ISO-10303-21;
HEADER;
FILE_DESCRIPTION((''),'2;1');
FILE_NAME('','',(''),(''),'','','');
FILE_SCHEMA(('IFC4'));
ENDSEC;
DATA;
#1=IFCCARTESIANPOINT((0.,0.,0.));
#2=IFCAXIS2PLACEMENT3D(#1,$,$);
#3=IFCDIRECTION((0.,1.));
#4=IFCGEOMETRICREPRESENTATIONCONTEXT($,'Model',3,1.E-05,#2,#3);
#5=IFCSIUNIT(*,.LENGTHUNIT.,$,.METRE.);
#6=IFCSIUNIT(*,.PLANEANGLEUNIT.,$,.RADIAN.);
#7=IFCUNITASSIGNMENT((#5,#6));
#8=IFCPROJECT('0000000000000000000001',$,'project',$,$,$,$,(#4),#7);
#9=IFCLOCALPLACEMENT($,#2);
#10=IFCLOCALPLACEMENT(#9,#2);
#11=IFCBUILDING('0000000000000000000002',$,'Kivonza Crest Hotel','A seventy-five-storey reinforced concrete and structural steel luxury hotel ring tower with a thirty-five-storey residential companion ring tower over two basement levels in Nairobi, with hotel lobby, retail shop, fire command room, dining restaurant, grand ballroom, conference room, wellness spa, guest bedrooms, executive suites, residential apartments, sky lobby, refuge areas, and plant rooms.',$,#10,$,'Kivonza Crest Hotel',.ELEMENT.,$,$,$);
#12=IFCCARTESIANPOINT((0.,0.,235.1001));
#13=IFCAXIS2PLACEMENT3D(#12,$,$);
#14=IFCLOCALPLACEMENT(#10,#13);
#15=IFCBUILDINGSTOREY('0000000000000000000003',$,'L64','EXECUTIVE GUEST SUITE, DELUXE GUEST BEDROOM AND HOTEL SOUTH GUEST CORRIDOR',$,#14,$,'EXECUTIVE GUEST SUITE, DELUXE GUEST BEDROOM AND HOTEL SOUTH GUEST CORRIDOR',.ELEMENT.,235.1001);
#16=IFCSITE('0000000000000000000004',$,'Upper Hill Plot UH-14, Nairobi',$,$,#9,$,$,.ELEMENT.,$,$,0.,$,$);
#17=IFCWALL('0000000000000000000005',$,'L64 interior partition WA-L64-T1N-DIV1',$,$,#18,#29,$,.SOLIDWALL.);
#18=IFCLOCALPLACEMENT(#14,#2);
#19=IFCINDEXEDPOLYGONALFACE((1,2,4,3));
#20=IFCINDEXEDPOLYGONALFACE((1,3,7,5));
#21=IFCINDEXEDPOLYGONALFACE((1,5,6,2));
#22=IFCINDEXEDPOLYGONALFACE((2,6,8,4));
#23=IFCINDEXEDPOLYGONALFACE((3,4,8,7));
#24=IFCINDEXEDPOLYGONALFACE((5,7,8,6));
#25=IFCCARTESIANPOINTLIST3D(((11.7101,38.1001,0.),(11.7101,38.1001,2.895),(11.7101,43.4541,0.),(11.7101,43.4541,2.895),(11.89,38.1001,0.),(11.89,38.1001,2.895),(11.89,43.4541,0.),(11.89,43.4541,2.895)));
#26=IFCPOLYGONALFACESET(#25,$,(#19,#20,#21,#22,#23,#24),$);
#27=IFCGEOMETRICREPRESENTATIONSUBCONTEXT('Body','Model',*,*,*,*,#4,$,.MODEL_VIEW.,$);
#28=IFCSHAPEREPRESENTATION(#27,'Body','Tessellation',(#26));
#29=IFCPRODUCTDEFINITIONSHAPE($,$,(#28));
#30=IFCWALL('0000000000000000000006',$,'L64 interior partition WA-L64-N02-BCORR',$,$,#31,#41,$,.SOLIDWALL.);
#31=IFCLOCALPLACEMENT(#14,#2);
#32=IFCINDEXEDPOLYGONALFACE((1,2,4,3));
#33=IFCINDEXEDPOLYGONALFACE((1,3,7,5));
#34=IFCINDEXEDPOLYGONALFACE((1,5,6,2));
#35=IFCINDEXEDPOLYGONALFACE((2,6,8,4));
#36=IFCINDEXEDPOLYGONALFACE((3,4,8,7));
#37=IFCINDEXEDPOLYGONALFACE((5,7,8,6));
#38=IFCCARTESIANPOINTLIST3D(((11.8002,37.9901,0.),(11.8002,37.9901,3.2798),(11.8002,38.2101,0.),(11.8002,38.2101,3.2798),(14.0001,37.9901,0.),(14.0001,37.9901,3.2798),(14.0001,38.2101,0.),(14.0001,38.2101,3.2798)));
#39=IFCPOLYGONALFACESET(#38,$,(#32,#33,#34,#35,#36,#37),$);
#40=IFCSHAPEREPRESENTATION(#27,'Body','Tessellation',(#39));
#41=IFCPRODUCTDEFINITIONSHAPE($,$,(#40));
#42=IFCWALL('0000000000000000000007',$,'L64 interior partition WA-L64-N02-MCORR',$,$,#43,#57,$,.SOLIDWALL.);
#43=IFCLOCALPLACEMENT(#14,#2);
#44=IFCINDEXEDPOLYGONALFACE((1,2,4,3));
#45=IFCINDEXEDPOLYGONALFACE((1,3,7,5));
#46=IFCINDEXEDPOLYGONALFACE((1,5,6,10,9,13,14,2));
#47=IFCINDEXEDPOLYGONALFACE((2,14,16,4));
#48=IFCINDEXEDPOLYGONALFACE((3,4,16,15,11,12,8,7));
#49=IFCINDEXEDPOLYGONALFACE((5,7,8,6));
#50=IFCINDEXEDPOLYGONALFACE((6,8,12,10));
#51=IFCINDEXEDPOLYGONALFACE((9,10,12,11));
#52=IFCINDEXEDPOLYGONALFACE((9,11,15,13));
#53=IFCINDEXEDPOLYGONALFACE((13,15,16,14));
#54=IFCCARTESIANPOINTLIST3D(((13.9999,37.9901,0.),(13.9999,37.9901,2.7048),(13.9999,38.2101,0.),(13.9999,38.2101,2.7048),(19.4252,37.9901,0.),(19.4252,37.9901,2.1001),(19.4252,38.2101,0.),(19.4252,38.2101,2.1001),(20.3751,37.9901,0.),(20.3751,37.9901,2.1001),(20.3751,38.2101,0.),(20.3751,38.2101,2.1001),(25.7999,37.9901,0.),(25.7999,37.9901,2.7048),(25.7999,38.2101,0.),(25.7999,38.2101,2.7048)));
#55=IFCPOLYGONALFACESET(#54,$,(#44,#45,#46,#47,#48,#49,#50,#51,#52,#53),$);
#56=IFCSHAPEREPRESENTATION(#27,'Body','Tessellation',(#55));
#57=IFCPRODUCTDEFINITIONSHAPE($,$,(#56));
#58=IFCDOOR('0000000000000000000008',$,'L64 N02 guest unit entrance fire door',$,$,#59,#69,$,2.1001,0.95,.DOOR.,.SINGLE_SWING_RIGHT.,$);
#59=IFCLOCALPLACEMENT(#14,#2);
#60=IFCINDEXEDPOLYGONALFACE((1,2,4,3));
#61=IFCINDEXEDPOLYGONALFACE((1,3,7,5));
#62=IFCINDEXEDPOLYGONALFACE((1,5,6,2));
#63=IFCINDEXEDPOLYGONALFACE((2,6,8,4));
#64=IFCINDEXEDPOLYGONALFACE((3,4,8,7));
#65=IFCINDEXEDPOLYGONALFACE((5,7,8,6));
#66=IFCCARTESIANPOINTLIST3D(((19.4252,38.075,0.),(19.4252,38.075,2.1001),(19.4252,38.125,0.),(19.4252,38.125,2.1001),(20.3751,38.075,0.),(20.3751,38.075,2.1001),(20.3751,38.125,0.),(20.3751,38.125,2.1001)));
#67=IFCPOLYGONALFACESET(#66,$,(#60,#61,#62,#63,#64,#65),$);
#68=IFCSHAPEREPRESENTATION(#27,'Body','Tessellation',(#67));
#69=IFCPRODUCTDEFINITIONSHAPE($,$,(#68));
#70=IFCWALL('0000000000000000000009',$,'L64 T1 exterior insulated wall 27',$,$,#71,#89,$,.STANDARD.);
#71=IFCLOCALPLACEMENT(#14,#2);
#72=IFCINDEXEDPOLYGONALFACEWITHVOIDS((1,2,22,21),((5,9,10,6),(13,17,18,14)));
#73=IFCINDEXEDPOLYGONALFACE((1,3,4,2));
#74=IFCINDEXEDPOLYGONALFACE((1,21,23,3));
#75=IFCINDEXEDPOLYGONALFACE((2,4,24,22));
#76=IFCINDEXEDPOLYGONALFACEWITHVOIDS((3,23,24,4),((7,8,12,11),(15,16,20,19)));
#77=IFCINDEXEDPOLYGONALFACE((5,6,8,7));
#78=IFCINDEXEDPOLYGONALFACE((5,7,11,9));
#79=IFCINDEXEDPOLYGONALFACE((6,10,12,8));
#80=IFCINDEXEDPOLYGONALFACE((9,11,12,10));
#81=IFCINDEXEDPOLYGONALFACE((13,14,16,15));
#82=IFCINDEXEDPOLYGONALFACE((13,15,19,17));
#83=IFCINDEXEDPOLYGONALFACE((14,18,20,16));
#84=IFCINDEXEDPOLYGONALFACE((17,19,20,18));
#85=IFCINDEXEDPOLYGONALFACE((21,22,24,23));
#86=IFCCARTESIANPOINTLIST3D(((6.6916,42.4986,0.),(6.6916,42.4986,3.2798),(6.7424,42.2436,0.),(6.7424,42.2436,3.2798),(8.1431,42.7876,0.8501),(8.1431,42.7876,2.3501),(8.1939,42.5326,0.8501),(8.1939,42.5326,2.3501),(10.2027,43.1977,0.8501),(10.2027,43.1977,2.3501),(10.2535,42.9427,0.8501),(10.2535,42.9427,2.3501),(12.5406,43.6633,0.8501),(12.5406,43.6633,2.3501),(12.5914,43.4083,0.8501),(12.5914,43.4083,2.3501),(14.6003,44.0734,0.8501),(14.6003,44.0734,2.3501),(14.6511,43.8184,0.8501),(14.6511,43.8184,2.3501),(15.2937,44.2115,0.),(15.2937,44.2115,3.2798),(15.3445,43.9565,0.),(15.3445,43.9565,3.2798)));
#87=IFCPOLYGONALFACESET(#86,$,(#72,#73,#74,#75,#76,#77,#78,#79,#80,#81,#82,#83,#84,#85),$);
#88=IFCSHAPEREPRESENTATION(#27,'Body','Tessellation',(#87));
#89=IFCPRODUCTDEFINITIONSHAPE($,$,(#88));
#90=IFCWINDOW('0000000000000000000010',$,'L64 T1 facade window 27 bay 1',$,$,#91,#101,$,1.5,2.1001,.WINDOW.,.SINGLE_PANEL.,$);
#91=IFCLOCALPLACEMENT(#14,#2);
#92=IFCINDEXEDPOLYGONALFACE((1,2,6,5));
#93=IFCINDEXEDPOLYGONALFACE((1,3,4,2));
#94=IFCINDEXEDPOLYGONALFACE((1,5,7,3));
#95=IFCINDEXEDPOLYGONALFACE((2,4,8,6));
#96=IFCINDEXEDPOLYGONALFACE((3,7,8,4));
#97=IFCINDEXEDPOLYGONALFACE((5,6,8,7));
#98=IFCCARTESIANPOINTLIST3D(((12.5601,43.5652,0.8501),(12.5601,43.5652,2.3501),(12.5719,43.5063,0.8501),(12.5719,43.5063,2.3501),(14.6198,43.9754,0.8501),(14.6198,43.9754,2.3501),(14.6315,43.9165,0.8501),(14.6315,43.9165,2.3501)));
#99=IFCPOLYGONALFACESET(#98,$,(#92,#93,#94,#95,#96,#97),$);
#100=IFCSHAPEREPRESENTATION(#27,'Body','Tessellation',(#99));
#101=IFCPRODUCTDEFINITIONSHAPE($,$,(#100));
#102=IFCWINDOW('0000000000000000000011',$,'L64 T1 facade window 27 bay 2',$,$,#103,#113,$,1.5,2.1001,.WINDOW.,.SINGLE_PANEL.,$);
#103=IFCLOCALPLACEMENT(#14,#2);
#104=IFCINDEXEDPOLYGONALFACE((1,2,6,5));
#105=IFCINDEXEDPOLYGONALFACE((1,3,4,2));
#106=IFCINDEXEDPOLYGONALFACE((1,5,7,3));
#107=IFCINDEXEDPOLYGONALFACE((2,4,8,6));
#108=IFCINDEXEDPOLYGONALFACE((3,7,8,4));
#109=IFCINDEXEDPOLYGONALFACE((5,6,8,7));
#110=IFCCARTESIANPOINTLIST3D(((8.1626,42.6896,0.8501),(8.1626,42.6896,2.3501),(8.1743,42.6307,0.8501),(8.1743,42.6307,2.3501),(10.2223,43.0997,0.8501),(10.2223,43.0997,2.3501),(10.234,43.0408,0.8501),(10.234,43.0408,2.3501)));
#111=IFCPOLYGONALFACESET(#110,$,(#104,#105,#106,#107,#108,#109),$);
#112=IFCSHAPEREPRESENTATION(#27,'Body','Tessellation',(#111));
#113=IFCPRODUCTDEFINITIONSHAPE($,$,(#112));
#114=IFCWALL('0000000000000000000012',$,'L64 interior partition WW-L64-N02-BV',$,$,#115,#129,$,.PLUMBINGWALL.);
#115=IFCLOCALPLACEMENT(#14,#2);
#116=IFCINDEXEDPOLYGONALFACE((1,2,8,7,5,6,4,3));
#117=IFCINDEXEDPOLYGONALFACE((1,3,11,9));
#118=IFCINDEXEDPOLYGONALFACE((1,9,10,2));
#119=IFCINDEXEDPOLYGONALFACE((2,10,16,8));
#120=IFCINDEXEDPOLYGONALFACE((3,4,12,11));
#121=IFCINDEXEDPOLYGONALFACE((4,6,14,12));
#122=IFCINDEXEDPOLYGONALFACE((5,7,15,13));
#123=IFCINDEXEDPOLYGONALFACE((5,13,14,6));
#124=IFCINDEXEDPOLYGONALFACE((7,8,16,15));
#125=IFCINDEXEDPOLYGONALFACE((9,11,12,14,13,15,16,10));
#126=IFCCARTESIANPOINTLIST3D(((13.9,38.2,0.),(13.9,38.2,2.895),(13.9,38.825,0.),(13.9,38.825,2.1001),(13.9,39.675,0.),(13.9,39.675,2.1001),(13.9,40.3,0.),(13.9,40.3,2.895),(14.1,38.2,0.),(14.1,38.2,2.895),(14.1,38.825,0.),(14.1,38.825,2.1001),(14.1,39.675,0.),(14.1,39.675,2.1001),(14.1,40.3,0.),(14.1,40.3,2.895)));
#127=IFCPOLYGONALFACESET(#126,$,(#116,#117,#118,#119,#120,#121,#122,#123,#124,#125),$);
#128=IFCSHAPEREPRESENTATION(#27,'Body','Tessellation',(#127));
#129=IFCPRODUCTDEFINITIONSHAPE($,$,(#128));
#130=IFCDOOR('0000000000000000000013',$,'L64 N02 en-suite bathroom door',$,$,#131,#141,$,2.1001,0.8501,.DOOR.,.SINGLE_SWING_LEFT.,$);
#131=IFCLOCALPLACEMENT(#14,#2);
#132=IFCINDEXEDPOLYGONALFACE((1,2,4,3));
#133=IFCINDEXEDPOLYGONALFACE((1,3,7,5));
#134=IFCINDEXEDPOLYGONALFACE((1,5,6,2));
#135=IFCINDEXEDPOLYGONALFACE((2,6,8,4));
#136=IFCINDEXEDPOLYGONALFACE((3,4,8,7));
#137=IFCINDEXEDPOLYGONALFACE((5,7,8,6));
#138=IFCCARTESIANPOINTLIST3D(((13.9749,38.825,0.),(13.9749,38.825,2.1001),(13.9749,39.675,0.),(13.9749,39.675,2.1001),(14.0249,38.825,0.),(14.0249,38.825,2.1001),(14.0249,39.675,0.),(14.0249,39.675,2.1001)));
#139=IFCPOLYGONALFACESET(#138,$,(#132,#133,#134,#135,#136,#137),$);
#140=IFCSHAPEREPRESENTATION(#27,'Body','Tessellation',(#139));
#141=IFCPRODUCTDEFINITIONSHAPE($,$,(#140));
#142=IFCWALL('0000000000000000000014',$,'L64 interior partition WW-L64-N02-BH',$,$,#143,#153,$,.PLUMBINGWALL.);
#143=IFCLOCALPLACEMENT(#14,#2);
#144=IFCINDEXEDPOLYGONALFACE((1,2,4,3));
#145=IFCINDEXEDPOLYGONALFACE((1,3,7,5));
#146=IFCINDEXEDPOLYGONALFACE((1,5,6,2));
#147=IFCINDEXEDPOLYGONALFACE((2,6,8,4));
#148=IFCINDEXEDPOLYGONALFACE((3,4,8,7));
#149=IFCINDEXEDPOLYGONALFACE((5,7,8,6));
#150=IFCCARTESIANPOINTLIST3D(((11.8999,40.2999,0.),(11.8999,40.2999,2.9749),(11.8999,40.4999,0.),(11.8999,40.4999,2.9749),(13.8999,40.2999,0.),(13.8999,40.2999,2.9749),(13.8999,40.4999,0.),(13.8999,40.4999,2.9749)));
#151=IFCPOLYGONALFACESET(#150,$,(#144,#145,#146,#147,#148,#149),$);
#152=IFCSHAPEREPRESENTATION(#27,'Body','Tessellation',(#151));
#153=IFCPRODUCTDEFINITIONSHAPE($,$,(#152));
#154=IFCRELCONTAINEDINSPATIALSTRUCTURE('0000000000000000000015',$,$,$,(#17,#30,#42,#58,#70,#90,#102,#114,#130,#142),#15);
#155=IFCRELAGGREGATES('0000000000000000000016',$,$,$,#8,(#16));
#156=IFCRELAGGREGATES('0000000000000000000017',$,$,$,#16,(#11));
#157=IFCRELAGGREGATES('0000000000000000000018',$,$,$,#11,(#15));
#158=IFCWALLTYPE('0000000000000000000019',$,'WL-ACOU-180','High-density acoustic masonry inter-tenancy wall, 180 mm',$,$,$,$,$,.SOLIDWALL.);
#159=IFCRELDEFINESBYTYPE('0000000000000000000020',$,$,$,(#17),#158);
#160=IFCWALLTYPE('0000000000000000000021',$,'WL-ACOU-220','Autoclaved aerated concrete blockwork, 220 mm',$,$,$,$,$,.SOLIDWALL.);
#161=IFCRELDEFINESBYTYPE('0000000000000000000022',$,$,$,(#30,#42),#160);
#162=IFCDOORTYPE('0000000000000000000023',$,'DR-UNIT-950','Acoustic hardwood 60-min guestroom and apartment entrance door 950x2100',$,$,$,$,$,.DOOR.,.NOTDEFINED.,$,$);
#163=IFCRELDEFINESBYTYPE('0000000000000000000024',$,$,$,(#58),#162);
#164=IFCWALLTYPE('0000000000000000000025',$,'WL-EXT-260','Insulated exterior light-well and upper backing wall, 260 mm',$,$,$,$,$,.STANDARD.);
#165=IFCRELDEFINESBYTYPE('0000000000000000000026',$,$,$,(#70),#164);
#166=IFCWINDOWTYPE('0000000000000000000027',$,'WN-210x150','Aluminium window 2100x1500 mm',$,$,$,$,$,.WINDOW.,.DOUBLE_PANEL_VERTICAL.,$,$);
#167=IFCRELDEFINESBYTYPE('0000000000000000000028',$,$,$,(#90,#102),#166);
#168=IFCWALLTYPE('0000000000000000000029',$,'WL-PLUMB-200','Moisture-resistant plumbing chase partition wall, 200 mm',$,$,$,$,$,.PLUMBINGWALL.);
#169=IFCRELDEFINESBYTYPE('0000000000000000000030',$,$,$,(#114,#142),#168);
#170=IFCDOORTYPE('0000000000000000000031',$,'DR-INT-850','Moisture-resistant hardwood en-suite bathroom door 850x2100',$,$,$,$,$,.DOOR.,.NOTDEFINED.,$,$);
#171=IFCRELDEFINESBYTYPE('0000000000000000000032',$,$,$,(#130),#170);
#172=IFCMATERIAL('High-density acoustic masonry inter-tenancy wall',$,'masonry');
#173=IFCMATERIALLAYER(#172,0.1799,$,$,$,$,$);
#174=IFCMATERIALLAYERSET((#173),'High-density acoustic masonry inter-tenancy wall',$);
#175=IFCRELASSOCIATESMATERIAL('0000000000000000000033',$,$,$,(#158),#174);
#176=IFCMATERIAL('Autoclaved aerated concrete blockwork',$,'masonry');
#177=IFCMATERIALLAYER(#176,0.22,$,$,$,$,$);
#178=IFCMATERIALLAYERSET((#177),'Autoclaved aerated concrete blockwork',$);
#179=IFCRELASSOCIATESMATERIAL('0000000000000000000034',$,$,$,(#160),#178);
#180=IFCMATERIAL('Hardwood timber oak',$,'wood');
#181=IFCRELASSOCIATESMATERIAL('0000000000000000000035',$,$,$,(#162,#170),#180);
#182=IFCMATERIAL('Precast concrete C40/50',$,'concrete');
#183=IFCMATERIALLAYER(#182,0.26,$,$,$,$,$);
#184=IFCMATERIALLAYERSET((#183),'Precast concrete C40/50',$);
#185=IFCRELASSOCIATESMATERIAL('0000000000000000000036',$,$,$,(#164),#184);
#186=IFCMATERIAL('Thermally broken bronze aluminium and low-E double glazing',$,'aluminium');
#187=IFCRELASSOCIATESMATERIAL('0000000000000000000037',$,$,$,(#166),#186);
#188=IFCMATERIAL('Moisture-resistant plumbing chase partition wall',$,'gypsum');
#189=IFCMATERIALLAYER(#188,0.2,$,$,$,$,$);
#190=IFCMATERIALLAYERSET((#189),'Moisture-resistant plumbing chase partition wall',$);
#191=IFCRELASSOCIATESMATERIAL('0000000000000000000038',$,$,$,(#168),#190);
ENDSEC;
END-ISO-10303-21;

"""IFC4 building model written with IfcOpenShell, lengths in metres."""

from ifc_helpers import new_model, si_unit, direction, frame, frame_2d, origin, place, context, subcontext, project, spatial, rectangle, extrude, material, layer, layer_set, type_object, element, fill, save


model = new_model("IFC4")

# Units and contexts
model_context = context("Model", 3, precision=1e-05, world=origin(), true_north=direction((0.0, 1.0)))
body_context = subcontext(model_context, "Body", "Model", "MODEL_VIEW")
ifc_project = project(units=[si_unit("LENGTHUNIT", "METRE"), si_unit("PLANEANGLEUNIT", "RADIAN")], contexts=[model_context])

# Site, building, storey
site_placement = place(None, origin())
site = spatial("IfcSite", under=ifc_project, at=site_placement, Name="Upper Hill Plot UH-14, Nairobi", CompositionType="ELEMENT", RefElevation=0.0)
building_placement = place(site_placement, origin())
building = spatial("IfcBuilding", under=site, at=building_placement, Name="Kivonza Crest Hotel", Description="A seventy-five-storey reinforced concrete and structural steel luxury hotel ring tower with a thirty-five-storey residential companion ring tower over two basement levels in Nairobi, with hotel lobby, retail shop, fire command room, dining restaurant, grand ballroom, conference room, wellness spa, guest bedrooms, executive suites, residential apartments, sky lobby, refuge areas, and plant rooms.", LongName="Kivonza Crest Hotel", CompositionType="ELEMENT")
storey_placement = place(building_placement, frame((0.0, 0.0, 235.1001)))
storey = spatial("IfcBuildingStorey", under=building, at=storey_placement, Name="L64", Description="EXECUTIVE GUEST SUITE, DELUXE GUEST BEDROOM AND HOTEL SOUTH GUEST CORRIDOR", LongName="EXECUTIVE GUEST SUITE, DELUXE GUEST BEDROOM AND HOTEL SOUTH GUEST CORRIDOR", CompositionType="ELEMENT", Elevation=235.1001)

# Walls
ifc_material_1 = material(Name="High-density acoustic masonry inter-tenancy wall", Category="masonry")
ifc_layer_1 = layer(ifc_material_1, 0.1799)
ifc_layer_set_1 = layer_set([ifc_layer_1], Name="High-density acoustic masonry inter-tenancy wall")
wall_type_1 = type_object("IfcWallType", Name="WL-ACOU-180", Description="High-density acoustic masonry inter-tenancy wall, 180 mm", PredefinedType="SOLIDWALL", material=ifc_layer_set_1)
wall_1_placement = place(storey_placement, frame((11.8, 38.1001, 0.0), z_axis=(0.0, 0.0, 1.0), x_axis=(0.0, 1.0, 0.0)))
element("IfcWall", 1, at=wall_1_placement, inside=storey, type_object=wall_type_1, Name="L64 interior partition WA-L64-T1N-DIV1", PredefinedType="SOLIDWALL", context=body_context, shape_type="SweptSolid", body=[
    extrude(rectangle(XDim=5.354, YDim=0.1799, at=frame_2d((2.677, 0.0))), origin(), (0.0, 0.0, 1.0), 2.895),
])
ifc_material_2 = material(Name="Autoclaved aerated concrete blockwork", Category="masonry")
ifc_layer_2 = layer(ifc_material_2, 0.22)
ifc_layer_set_2 = layer_set([ifc_layer_2], Name="Autoclaved aerated concrete blockwork")
wall_type_2 = type_object("IfcWallType", Name="WL-ACOU-220", Description="Autoclaved aerated concrete blockwork, 220 mm", PredefinedType="SOLIDWALL", material=ifc_layer_set_2)
wall_2_placement = place(storey_placement, frame((11.8, 38.1001, 0.0), z_axis=(0.0, 0.0, 1.0), x_axis=(1.0, 0.0, 0.0)))
element("IfcWall", 2, at=wall_2_placement, inside=storey, type_object=wall_type_2, Name="L64 interior partition WA-L64-N02-BCORR", PredefinedType="SOLIDWALL", context=body_context, shape_type="SweptSolid", body=[
    extrude(rectangle(XDim=2.2, YDim=0.22, at=frame_2d((1.1001, 0.0))), origin(), (0.0, 0.0, 1.0), 3.2798),
])

# Wall, opening, door
wall_3_placement = place(storey_placement, frame((14.0, 38.1001, 0.0), z_axis=(0.0, 0.0, 1.0), x_axis=(1.0, 0.0, 0.0)))
wall_3 = element("IfcWall", 3, at=wall_3_placement, inside=storey, type_object=wall_type_2, Name="L64 interior partition WA-L64-N02-MCORR", PredefinedType="SOLIDWALL", context=body_context, shape_type="SweptSolid", body=[
    extrude(rectangle(XDim=11.8, YDim=0.22, at=frame_2d((5.8999, 0.0))), origin(), (0.0, 0.0, 1.0), 2.7048),
])
opening_1_placement = place(wall_3_placement, frame((5.425, 0.0, 0.0)))
opening_1 = element("IfcOpeningElement", 4, at=opening_1_placement, cuts=wall_3, PredefinedType="OPENING", context=body_context, shape_type="SweptSolid", body=[
    extrude(rectangle(XDim=0.95, YDim=2.1001, at=frame_2d((0.4751, 1.05))), frame((0.0, 0.1201, 0.0), z_axis=(0.0, -1.0, 0.0), x_axis=(1.0, 0.0, 0.0)), (0.0, 0.0, 1.0), 0.24),
])
ifc_material_3 = material(Name="Hardwood timber oak", Category="wood")
door_type_1 = type_object("IfcDoorType", Name="DR-UNIT-950", Description="Acoustic hardwood 60-min guestroom and apartment entrance door 950x2100", OperationType="NOTDEFINED", PredefinedType="DOOR", material=ifc_material_3)
door_1_placement = place(opening_1_placement, origin())
door_1 = element("IfcDoor", 5, at=door_1_placement, inside=storey, type_object=door_type_1, Name="L64 N02 guest unit entrance fire door", OperationType="SINGLE_SWING_RIGHT", OverallHeight=2.1001, OverallWidth=0.95, PredefinedType="DOOR", context=body_context, shape_type="SweptSolid", body=[
    extrude(rectangle(XDim=0.95, YDim=2.1001, at=frame_2d((0.4751, 1.05))), frame((0.0, 0.0249, 0.0), z_axis=(0.0, -1.0, 0.0), x_axis=(1.0, 0.0, 0.0)), (0.0, 0.0, 1.0), 0.05),
])
fill(opening_1, door_1)

# Wall, openings, windows
ifc_material_4 = material(Name="Precast concrete C40/50", Category="concrete")
ifc_layer_3 = layer(ifc_material_4, 0.26)
ifc_layer_set_3 = layer_set([ifc_layer_3], Name="Precast concrete C40/50")
wall_type_3 = type_object("IfcWallType", Name="WL-EXT-260", Description="Insulated exterior light-well and upper backing wall, 260 mm", PredefinedType="STANDARD", material=ifc_layer_set_3)
wall_4_placement = place(storey_placement, frame((15.3191, 44.084, 0.0), z_axis=(0.0, 0.0, 1.0), x_axis=(-0.980745, -0.195292, 0.0)))
wall_4 = element("IfcWall", 6, at=wall_4_placement, inside=storey, type_object=wall_type_3, Name="L64 T1 exterior insulated wall 27", PredefinedType="STANDARD", context=body_context, shape_type="SweptSolid", body=[
    extrude(rectangle(XDim=8.771, YDim=0.26, at=frame_2d((4.3855, 0.0))), origin(), (0.0, 0.0, 1.0), 3.2798),
])
opening_2_placement = place(wall_4_placement, frame((0.707, 0.0, 0.8501)))
opening_2 = element("IfcOpeningElement", 7, at=opening_2_placement, cuts=wall_4, PredefinedType="OPENING", context=body_context, shape_type="SweptSolid", body=[
    extrude(rectangle(XDim=2.1001, YDim=1.5, at=frame_2d((1.05, 0.75))), frame((0.0, 0.1401, 0.0), z_axis=(0.0, -1.0, 0.0), x_axis=(1.0, 0.0, 0.0)), (0.0, 0.0, 1.0), 0.28),
])
opening_3_placement = place(wall_4_placement, frame((5.1909, 0.0, 0.8501)))
opening_3 = element("IfcOpeningElement", 8, at=opening_3_placement, cuts=wall_4, PredefinedType="OPENING", context=body_context, shape_type="SweptSolid", body=[
    extrude(rectangle(XDim=2.1001, YDim=1.5, at=frame_2d((1.05, 0.75))), frame((0.0, 0.1401, 0.0), z_axis=(0.0, -1.0, 0.0), x_axis=(1.0, 0.0, 0.0)), (0.0, 0.0, 1.0), 0.28),
])
ifc_material_5 = material(Name="Thermally broken bronze aluminium and low-E double glazing", Category="aluminium")
window_type = type_object("IfcWindowType", Name="WN-210x150", Description="Aluminium window 2100x1500 mm", PartitioningType="DOUBLE_PANEL_VERTICAL", PredefinedType="WINDOW", material=ifc_material_5)
window_1_placement = place(opening_2_placement, origin())
window_1 = element("IfcWindow", 9, at=window_1_placement, inside=storey, type_object=window_type, Name="L64 T1 facade window 27 bay 1", OverallHeight=1.5, OverallWidth=2.1001, PartitioningType="SINGLE_PANEL", PredefinedType="WINDOW", context=body_context, shape_type="SweptSolid", body=[
    extrude(rectangle(XDim=2.1001, YDim=1.5, at=frame_2d((1.05, 0.75))), frame((0.0, 0.03, 0.0), z_axis=(0.0, -1.0, 0.0), x_axis=(1.0, 0.0, 0.0)), (0.0, 0.0, 1.0), 0.0601),
])
fill(opening_2, window_1)
window_2_placement = place(opening_3_placement, origin())
window_2 = element("IfcWindow", 10, at=window_2_placement, inside=storey, type_object=window_type, Name="L64 T1 facade window 27 bay 2", OverallHeight=1.5, OverallWidth=2.1001, PartitioningType="SINGLE_PANEL", PredefinedType="WINDOW", context=body_context, shape_type="SweptSolid", body=[
    extrude(rectangle(XDim=2.1001, YDim=1.5, at=frame_2d((1.05, 0.75))), frame((0.0, 0.03, 0.0), z_axis=(0.0, -1.0, 0.0), x_axis=(1.0, 0.0, 0.0)), (0.0, 0.0, 1.0), 0.0601),
])
fill(opening_3, window_2)

# Wall, opening, door
ifc_material_6 = material(Name="Moisture-resistant plumbing chase partition wall", Category="gypsum")
ifc_layer_4 = layer(ifc_material_6, 0.2)
ifc_layer_set_4 = layer_set([ifc_layer_4], Name="Moisture-resistant plumbing chase partition wall")
wall_type_4 = type_object("IfcWallType", Name="WL-PLUMB-200", Description="Moisture-resistant plumbing chase partition wall, 200 mm", PredefinedType="PLUMBINGWALL", material=ifc_layer_set_4)
wall_5_placement = place(storey_placement, frame((14.0, 38.2, 0.0), z_axis=(0.0, 0.0, 1.0), x_axis=(0.0, 1.0, 0.0)))
wall_5 = element("IfcWall", 11, at=wall_5_placement, inside=storey, type_object=wall_type_4, Name="L64 interior partition WW-L64-N02-BV", PredefinedType="PLUMBINGWALL", context=body_context, shape_type="SweptSolid", body=[
    extrude(rectangle(XDim=2.1001, YDim=0.2, at=frame_2d((1.05, 0.0))), origin(), (0.0, 0.0, 1.0), 2.895),
])
opening_4_placement = place(wall_5_placement, frame((0.625, 0.0, 0.0)))
opening_4 = element("IfcOpeningElement", 12, at=opening_4_placement, cuts=wall_5, PredefinedType="OPENING", context=body_context, shape_type="SweptSolid", body=[
    extrude(rectangle(XDim=0.8501, YDim=2.1001, at=frame_2d((0.425, 1.05))), frame((0.0, 0.1099, 0.0), z_axis=(0.0, -1.0, 0.0), x_axis=(1.0, 0.0, 0.0)), (0.0, 0.0, 1.0), 0.22),
])
door_type_2 = type_object("IfcDoorType", Name="DR-INT-850", Description="Moisture-resistant hardwood en-suite bathroom door 850x2100", OperationType="NOTDEFINED", PredefinedType="DOOR", material=ifc_material_3)
door_2_placement = place(opening_4_placement, frame((0.8501, 0.0, 0.0), z_axis=(0.0, 0.0, 1.0), x_axis=(-1.0, 0.0, 0.0)))
door_2 = element("IfcDoor", 13, at=door_2_placement, inside=storey, type_object=door_type_2, Name="L64 N02 en-suite bathroom door", OperationType="SINGLE_SWING_LEFT", OverallHeight=2.1001, OverallWidth=0.8501, PredefinedType="DOOR", context=body_context, shape_type="SweptSolid", body=[
    extrude(rectangle(XDim=0.8501, YDim=2.1001, at=frame_2d((0.425, 1.05))), frame((0.0, 0.0249, 0.0), z_axis=(0.0, -1.0, 0.0), x_axis=(1.0, 0.0, 0.0)), (0.0, 0.0, 1.0), 0.05),
])
fill(opening_4, door_2)

# Wall
wall_6_placement = place(storey_placement, frame((11.8999, 40.3999, 0.0), z_axis=(0.0, 0.0, 1.0), x_axis=(1.0, 0.0, 0.0)))
element("IfcWall", 14, at=wall_6_placement, inside=storey, type_object=wall_type_4, Name="L64 interior partition WW-L64-N02-BH", PredefinedType="PLUMBINGWALL", context=body_context, shape_type="SweptSolid", body=[
    extrude(rectangle(XDim=2.0, YDim=0.2, at=frame_2d((1.0, 0.0))), origin(), (0.0, 0.0, 1.0), 2.9749),
])

save(model, "model.ifc")
